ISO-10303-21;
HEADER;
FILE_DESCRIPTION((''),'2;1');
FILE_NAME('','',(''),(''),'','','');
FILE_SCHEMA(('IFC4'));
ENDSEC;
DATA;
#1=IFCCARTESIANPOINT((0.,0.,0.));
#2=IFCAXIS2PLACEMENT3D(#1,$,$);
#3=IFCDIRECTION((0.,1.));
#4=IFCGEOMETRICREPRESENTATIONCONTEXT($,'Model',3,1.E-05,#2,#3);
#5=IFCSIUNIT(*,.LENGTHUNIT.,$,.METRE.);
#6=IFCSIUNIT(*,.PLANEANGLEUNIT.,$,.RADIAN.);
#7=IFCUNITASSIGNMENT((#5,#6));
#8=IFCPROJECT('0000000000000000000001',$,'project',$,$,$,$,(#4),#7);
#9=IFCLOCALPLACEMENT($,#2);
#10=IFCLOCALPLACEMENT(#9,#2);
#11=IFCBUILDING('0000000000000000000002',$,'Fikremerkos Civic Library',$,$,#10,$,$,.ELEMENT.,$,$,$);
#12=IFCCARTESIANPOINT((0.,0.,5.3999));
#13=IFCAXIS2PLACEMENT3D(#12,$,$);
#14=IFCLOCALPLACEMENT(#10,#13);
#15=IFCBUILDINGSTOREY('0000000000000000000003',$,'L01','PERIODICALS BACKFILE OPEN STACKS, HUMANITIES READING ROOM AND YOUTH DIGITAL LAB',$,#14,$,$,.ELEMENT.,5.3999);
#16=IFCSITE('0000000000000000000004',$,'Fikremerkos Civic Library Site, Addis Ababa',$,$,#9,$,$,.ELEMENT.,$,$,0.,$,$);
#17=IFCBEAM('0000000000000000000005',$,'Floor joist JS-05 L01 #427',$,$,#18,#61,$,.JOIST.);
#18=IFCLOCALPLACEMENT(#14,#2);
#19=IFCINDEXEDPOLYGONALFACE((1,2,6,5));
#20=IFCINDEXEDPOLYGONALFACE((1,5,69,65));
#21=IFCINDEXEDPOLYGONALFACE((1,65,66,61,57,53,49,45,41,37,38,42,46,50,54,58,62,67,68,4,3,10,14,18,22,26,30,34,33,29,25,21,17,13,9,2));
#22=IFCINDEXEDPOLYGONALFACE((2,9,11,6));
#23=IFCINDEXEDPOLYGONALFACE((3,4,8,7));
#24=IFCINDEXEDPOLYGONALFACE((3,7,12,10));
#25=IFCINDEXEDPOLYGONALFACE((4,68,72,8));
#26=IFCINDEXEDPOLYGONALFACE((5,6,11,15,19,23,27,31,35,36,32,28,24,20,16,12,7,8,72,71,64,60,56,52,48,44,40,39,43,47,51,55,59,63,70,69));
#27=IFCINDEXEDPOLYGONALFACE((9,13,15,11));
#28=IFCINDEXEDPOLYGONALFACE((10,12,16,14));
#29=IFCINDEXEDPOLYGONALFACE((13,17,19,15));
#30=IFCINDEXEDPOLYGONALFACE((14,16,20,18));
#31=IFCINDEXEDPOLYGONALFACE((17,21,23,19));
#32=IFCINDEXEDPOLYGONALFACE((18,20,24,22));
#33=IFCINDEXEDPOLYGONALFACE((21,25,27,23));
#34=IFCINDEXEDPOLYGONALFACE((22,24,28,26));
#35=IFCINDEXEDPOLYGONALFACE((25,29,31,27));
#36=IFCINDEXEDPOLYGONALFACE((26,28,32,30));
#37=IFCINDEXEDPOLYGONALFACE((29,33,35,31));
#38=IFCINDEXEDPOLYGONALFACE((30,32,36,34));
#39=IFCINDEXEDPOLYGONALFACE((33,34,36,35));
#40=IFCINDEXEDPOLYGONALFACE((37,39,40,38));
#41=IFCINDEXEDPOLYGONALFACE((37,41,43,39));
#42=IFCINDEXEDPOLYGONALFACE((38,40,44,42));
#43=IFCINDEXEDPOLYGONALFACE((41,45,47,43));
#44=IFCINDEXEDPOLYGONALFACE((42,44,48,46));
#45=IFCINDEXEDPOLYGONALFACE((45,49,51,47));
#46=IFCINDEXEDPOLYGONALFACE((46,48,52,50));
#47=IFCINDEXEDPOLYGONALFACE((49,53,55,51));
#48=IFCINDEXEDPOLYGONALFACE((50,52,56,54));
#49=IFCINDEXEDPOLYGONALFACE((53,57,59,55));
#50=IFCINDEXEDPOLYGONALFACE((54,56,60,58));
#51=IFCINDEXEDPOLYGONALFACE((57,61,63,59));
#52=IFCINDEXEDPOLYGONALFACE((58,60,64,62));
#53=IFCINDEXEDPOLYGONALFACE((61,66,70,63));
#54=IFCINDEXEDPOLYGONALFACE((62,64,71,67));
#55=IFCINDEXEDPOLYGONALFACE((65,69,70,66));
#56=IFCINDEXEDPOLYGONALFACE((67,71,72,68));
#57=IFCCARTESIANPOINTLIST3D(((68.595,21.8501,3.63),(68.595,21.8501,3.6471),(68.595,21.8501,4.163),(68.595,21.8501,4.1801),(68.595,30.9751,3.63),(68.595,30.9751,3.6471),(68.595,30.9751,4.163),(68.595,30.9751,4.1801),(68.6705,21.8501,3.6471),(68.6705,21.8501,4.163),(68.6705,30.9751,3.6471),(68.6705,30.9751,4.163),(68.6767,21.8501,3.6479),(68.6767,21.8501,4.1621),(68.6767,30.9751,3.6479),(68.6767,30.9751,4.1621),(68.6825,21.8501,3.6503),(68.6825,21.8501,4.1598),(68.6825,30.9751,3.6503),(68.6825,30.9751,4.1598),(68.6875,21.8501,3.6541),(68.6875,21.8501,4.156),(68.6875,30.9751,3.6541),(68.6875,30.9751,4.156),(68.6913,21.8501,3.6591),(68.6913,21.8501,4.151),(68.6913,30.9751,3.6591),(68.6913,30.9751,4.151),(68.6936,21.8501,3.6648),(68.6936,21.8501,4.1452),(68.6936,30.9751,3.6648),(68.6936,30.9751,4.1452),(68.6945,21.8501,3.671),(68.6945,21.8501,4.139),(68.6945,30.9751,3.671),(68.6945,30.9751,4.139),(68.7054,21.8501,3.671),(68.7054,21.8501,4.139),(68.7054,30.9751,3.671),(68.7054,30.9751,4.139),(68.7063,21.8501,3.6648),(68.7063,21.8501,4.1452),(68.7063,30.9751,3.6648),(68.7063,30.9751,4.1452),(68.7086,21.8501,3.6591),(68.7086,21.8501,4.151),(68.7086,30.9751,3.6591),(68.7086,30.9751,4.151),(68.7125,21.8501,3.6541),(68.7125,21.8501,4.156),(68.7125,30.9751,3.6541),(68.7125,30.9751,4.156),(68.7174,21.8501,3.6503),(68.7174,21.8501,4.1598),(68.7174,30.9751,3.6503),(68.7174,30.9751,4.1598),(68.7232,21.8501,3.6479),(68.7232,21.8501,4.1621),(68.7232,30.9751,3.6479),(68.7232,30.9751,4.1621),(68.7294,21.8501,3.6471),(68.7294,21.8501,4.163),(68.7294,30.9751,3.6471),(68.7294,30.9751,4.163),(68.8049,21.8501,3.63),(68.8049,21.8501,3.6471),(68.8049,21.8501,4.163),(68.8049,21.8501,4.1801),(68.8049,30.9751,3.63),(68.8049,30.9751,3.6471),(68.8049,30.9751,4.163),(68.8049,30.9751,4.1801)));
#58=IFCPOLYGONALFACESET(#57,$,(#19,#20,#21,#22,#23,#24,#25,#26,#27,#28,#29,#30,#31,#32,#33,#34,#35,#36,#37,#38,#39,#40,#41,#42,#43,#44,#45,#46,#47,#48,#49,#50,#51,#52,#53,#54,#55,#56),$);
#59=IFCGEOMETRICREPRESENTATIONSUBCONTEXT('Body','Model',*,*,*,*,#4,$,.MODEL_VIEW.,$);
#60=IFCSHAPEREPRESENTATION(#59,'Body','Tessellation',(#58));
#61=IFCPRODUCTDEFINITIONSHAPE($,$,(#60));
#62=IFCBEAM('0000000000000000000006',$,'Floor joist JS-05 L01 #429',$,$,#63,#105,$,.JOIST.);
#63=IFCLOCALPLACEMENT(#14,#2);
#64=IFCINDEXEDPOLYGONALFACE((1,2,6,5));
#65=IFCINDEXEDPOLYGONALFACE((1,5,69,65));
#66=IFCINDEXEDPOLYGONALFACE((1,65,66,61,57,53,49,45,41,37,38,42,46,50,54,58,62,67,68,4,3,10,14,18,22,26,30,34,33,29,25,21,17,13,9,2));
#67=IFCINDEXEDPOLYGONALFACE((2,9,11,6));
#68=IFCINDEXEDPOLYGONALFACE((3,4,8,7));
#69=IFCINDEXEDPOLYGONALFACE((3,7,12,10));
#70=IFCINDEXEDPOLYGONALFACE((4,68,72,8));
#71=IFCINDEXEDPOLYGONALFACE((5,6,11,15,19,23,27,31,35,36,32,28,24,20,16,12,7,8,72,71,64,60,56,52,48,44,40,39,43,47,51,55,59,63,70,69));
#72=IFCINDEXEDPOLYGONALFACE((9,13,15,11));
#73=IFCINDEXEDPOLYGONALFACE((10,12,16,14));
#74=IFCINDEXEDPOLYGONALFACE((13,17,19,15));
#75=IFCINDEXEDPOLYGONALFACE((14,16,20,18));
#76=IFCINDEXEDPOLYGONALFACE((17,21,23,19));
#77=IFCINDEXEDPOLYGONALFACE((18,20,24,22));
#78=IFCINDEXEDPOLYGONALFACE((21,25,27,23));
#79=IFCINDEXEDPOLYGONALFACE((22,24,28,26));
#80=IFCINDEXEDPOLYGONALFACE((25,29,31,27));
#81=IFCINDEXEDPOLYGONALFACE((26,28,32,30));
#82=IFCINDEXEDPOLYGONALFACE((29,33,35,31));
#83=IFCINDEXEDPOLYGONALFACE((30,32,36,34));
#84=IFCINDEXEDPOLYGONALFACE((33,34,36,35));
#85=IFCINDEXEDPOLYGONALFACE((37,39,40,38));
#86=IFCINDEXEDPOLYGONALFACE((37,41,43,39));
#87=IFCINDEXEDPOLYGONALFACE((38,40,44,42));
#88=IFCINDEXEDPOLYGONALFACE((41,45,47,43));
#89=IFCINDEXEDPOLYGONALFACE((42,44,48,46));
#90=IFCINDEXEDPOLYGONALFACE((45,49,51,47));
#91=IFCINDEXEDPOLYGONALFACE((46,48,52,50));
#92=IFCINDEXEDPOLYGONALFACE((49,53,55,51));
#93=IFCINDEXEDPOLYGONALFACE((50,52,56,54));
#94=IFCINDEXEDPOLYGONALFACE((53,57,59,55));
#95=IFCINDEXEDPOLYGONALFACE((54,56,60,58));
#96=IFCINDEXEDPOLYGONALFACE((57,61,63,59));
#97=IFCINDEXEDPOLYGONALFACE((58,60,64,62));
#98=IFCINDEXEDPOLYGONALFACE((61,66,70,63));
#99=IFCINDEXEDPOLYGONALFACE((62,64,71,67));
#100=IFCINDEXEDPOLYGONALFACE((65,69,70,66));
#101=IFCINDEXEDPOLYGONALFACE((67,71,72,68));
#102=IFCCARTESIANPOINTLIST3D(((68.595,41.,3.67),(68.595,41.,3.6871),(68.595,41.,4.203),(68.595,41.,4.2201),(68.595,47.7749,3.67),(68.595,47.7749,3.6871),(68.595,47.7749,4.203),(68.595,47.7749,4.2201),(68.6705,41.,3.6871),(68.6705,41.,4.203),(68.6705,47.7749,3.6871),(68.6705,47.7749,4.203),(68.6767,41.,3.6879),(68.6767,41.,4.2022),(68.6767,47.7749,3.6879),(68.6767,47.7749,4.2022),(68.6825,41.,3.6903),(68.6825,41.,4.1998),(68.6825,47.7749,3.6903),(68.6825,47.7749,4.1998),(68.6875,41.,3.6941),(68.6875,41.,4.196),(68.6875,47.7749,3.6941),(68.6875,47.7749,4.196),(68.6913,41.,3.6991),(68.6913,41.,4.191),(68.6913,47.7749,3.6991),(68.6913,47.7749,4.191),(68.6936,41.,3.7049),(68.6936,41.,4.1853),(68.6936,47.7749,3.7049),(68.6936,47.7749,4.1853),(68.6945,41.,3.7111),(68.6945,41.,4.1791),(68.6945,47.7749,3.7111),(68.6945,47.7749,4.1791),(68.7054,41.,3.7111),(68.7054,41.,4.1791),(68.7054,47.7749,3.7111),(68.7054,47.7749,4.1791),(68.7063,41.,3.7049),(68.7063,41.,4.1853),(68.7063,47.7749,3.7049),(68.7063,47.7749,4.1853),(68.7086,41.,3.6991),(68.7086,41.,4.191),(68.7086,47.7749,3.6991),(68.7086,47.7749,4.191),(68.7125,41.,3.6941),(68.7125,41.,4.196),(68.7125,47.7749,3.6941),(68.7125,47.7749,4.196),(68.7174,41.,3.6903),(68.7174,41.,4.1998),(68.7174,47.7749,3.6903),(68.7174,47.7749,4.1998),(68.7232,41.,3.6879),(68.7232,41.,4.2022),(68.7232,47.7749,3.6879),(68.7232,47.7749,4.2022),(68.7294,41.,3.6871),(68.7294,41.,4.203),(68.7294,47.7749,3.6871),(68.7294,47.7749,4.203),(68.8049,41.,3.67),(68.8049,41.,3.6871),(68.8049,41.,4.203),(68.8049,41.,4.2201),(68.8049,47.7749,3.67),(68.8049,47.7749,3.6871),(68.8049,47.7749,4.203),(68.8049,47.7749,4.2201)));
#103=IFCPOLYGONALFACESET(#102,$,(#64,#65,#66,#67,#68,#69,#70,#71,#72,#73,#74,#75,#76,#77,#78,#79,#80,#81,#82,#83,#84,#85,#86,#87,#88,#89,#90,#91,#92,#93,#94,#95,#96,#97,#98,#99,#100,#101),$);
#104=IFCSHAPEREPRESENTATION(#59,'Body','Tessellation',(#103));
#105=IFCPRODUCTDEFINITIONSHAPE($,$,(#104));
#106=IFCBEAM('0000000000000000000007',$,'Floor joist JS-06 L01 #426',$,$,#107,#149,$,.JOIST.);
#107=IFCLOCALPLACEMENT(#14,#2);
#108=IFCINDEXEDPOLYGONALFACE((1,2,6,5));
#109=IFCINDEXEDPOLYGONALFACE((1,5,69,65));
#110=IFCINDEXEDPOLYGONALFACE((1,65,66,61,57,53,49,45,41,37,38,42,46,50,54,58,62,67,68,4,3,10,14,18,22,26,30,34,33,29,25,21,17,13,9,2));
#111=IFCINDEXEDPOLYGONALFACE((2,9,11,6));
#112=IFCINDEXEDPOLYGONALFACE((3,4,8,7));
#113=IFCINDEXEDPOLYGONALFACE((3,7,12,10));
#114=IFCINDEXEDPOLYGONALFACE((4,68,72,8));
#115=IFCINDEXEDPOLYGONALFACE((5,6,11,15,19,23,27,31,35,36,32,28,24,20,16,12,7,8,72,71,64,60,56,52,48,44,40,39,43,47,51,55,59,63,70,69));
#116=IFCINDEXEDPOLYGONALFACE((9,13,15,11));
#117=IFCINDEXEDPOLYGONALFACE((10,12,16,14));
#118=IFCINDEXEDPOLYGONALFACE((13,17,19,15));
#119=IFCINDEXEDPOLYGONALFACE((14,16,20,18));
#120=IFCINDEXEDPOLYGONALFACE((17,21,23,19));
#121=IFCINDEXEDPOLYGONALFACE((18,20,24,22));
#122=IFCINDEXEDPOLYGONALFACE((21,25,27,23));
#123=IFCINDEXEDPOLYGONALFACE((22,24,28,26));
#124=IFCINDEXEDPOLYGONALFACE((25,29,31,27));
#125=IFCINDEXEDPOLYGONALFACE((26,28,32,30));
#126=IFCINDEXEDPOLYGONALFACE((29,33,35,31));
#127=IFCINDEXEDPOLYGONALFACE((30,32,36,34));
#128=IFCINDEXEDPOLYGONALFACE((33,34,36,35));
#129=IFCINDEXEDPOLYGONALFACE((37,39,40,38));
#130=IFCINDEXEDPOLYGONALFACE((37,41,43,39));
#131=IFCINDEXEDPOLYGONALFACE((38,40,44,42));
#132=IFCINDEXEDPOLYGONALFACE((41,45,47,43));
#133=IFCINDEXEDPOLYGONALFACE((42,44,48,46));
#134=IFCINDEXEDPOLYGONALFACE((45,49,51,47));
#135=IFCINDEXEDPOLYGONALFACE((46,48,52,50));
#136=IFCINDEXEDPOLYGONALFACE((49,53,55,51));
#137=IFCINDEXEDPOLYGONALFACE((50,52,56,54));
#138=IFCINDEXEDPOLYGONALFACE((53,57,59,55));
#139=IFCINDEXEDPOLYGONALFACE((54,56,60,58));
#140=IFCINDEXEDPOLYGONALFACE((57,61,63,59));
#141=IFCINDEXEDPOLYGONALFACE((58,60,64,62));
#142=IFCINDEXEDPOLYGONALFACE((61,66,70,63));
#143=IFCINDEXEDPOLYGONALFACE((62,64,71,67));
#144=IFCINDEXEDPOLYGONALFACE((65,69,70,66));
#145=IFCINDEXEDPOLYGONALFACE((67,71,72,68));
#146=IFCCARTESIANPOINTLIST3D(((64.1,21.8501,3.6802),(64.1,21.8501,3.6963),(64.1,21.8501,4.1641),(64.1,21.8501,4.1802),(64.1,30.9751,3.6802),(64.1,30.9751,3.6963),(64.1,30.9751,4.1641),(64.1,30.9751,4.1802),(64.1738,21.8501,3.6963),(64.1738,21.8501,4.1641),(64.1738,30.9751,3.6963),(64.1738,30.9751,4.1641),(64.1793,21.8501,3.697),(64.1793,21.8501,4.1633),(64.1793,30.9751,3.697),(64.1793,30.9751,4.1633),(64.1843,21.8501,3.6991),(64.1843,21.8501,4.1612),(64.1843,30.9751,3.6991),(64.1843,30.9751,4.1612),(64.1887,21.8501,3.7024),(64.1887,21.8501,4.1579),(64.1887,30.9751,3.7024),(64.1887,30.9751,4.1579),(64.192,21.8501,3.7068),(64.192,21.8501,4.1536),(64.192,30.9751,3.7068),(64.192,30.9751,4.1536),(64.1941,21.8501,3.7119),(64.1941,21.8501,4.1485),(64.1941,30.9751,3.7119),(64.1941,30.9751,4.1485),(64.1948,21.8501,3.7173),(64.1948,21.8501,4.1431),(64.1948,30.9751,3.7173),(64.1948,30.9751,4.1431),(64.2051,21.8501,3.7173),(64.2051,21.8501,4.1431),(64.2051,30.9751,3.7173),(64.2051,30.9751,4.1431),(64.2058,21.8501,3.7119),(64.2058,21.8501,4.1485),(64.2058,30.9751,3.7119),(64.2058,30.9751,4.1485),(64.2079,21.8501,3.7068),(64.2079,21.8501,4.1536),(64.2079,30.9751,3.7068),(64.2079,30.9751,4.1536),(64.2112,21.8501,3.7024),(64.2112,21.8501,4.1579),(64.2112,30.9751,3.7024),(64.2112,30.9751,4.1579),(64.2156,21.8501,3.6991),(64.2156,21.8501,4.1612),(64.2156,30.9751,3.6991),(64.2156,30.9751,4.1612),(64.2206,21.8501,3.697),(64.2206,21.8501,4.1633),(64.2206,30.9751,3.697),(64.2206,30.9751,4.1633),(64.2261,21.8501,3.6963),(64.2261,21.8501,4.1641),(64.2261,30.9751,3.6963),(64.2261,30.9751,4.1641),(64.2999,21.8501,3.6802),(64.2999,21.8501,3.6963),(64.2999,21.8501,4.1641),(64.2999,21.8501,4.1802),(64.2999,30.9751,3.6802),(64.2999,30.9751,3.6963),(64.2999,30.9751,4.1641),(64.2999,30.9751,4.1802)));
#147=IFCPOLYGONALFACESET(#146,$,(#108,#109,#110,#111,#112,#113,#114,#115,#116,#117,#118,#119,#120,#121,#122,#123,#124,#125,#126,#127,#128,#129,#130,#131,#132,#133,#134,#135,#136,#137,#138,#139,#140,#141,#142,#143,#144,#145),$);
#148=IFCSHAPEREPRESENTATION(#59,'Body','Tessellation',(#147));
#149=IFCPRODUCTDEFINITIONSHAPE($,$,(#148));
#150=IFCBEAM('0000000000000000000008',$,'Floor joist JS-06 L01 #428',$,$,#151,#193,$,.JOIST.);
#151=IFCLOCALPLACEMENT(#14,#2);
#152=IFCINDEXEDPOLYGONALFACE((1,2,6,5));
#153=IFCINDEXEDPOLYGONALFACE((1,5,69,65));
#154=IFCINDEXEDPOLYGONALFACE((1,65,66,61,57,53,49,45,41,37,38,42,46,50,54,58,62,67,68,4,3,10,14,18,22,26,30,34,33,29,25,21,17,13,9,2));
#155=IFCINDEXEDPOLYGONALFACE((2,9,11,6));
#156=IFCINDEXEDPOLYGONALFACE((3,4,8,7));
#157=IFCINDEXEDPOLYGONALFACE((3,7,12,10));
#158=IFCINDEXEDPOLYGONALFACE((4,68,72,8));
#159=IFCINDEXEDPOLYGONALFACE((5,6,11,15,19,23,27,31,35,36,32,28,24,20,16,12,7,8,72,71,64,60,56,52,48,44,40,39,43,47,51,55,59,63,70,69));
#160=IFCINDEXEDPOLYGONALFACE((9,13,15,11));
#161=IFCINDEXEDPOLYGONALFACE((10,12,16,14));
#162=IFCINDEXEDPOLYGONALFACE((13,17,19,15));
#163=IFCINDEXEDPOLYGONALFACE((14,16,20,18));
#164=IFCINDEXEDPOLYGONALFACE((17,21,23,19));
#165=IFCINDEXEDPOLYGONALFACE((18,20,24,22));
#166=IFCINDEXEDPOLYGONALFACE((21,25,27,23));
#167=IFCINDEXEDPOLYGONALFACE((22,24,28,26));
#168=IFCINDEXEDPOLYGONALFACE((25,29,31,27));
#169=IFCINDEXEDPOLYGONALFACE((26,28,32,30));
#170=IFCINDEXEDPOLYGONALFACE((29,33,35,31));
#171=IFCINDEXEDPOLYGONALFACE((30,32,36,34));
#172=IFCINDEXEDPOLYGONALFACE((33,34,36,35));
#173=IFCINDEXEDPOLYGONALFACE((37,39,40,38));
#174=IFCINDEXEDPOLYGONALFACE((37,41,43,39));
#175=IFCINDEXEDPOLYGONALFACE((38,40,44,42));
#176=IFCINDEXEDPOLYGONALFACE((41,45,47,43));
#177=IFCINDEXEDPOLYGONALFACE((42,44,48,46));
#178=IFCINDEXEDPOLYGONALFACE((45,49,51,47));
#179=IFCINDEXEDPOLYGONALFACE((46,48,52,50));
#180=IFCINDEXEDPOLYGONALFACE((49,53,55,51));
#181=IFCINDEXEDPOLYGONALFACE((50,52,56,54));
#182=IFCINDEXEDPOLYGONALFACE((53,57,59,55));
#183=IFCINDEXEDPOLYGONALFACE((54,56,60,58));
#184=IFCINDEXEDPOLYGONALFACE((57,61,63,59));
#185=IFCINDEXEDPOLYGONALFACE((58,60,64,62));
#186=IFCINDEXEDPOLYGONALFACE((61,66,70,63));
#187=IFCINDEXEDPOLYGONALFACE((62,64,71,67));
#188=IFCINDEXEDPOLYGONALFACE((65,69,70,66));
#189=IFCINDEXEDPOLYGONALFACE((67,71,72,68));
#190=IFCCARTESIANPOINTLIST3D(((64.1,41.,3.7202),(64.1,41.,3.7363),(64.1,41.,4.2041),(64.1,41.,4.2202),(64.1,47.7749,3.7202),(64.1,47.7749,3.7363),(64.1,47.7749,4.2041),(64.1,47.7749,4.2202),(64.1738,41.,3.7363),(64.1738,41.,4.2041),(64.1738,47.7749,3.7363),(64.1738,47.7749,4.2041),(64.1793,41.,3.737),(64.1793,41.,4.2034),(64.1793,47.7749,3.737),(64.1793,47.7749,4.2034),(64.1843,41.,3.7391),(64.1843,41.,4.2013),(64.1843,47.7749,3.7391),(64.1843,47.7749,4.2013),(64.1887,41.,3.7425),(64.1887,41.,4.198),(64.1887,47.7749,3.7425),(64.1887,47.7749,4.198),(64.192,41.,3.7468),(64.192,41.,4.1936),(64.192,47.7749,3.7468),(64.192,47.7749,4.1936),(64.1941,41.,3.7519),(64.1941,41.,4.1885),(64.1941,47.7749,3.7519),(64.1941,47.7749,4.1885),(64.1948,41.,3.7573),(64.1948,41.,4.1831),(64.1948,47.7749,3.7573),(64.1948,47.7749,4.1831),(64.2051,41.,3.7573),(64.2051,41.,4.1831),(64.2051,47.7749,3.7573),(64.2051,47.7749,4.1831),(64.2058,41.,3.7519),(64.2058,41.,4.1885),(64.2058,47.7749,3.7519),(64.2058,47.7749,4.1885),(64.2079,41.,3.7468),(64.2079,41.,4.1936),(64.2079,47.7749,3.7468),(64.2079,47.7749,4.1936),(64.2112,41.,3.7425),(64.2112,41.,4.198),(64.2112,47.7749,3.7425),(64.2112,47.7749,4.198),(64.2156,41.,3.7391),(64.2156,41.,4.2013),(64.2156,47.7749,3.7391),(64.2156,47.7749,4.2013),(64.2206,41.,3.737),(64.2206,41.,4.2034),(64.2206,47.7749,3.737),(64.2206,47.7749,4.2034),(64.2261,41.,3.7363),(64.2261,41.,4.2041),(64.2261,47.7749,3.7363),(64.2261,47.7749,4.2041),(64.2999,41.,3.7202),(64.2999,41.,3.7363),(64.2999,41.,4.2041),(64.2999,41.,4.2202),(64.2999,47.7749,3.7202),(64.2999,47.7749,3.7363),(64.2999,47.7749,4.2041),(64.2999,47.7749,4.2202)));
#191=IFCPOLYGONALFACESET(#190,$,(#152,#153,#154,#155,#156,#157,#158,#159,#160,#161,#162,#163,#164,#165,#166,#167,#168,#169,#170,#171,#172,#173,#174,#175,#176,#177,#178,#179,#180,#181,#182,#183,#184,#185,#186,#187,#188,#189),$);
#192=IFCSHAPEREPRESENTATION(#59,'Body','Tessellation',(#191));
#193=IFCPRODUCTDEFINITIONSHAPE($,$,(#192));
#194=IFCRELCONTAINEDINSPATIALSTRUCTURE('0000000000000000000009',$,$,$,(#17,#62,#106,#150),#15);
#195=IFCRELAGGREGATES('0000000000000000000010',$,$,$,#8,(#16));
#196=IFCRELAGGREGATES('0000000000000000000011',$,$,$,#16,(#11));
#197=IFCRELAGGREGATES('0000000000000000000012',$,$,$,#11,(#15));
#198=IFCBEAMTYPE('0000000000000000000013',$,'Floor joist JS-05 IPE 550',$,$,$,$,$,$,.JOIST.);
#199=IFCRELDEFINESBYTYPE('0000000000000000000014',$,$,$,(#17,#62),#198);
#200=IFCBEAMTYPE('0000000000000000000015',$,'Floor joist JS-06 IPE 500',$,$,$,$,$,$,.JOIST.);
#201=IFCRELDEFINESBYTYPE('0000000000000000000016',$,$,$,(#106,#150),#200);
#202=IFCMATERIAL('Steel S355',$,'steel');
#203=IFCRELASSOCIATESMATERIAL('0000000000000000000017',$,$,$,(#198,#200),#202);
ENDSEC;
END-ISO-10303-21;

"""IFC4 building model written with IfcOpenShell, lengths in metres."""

from ifc_helpers import new_model, si_unit, direction, frame, origin, origin_2d, place, context, subcontext, project, spatial, i_section, extrude, material, material_profile, profile_set, type_object, element, save


model = new_model("IFC4")

# Units and contexts
model_context = context("Model", 3, precision=1e-05, world=origin(), true_north=direction((0.0, 1.0)))
body_context = subcontext(model_context, "Body", "Model", "MODEL_VIEW")
ifc_project = project(units=[si_unit("LENGTHUNIT", "METRE"), si_unit("PLANEANGLEUNIT", "RADIAN")], contexts=[model_context])

# Site, building, storey
site_placement = place(None, origin())
site = spatial("IfcSite", under=ifc_project, at=site_placement, Name="Fikremerkos Civic Library Site, Addis Ababa", CompositionType="ELEMENT", RefElevation=0.0)
building_placement = place(site_placement, origin())
building = spatial("IfcBuilding", under=site, at=building_placement, Name="Fikremerkos Civic Library", CompositionType="ELEMENT")
storey_placement = place(building_placement, frame((0.0, 0.0, 5.3999)))
storey = spatial("IfcBuildingStorey", under=building, at=storey_placement, Name="L01", Description="PERIODICALS BACKFILE OPEN STACKS, HUMANITIES READING ROOM AND YOUTH DIGITAL LAB", CompositionType="ELEMENT", Elevation=5.3999)

# Beams
ifc_material_1 = material(Name="Steel S355", Category="steel")
ifc_material_profile_1 = material_profile(ifc_material_1, i_section(OverallWidth=0.21, OverallDepth=0.55, WebThickness=0.011, FlangeThickness=0.0171, FilletRadius=0.0239, at=origin_2d()), Name="IPE 550")
ifc_profile_set_1 = profile_set([ifc_material_profile_1], Name="Steel S355")
beam_type_1 = type_object("IfcBeamType", Name="Floor joist JS-05 IPE 550", PredefinedType="JOIST", material=ifc_profile_set_1)
beam_1_placement = place(storey_placement, frame((68.7, 21.8501, 3.905), z_axis=(0.0, 1.0, 0.0), x_axis=(-1.0, 0.0, 0.0)))
element("IfcBeam", 1, at=beam_1_placement, inside=storey, type_object=beam_type_1, Name="Floor joist JS-05 L01 #427", PredefinedType="JOIST", context=body_context, shape_type="SweptSolid", body=[
    extrude(i_section(OverallWidth=0.21, OverallDepth=0.55, WebThickness=0.011, FlangeThickness=0.0171, FilletRadius=0.0239, at=origin_2d()), origin(), (0.0, 0.0, 1.0), 9.125),
])
beam_2_placement = place(storey_placement, frame((68.7, 41.0, 3.9451), z_axis=(0.0, 1.0, 0.0), x_axis=(-1.0, 0.0, 0.0)))
element("IfcBeam", 2, at=beam_2_placement, inside=storey, type_object=beam_type_1, Name="Floor joist JS-05 L01 #429", PredefinedType="JOIST", context=body_context, shape_type="SweptSolid", body=[
    extrude(i_section(OverallWidth=0.21, OverallDepth=0.55, WebThickness=0.011, FlangeThickness=0.0171, FilletRadius=0.0239, at=origin_2d()), origin(), (0.0, 0.0, 1.0), 6.7749),
])
ifc_material_profile_2 = material_profile(ifc_material_1, i_section(OverallWidth=0.2, OverallDepth=0.5, WebThickness=0.0103, FlangeThickness=0.0161, FilletRadius=0.021, at=origin_2d()), Name="IPE 500")
ifc_profile_set_2 = profile_set([ifc_material_profile_2], Name="Steel S355")
beam_type_2 = type_object("IfcBeamType", Name="Floor joist JS-06 IPE 500", PredefinedType="JOIST", material=ifc_profile_set_2)
beam_3_placement = place(storey_placement, frame((64.2, 21.8501, 3.9302), z_axis=(0.0, 1.0, 0.0), x_axis=(-1.0, 0.0, 0.0)))
element("IfcBeam", 3, at=beam_3_placement, inside=storey, type_object=beam_type_2, Name="Floor joist JS-06 L01 #426", PredefinedType="JOIST", context=body_context, shape_type="SweptSolid", body=[
    extrude(i_section(OverallWidth=0.2, OverallDepth=0.5, WebThickness=0.0103, FlangeThickness=0.0161, FilletRadius=0.021, at=origin_2d()), origin(), (0.0, 0.0, 1.0), 9.125),
])
beam_4_placement = place(storey_placement, frame((64.2, 41.0, 3.9702), z_axis=(0.0, 1.0, 0.0), x_axis=(-1.0, 0.0, 0.0)))
element("IfcBeam", 4, at=beam_4_placement, inside=storey, type_object=beam_type_2, Name="Floor joist JS-06 L01 #428", PredefinedType="JOIST", context=body_context, shape_type="SweptSolid", body=[
    extrude(i_section(OverallWidth=0.2, OverallDepth=0.5, WebThickness=0.0103, FlangeThickness=0.0161, FilletRadius=0.021, at=origin_2d()), origin(), (0.0, 0.0, 1.0), 6.7749),
])

save(model, "model.ifc")
